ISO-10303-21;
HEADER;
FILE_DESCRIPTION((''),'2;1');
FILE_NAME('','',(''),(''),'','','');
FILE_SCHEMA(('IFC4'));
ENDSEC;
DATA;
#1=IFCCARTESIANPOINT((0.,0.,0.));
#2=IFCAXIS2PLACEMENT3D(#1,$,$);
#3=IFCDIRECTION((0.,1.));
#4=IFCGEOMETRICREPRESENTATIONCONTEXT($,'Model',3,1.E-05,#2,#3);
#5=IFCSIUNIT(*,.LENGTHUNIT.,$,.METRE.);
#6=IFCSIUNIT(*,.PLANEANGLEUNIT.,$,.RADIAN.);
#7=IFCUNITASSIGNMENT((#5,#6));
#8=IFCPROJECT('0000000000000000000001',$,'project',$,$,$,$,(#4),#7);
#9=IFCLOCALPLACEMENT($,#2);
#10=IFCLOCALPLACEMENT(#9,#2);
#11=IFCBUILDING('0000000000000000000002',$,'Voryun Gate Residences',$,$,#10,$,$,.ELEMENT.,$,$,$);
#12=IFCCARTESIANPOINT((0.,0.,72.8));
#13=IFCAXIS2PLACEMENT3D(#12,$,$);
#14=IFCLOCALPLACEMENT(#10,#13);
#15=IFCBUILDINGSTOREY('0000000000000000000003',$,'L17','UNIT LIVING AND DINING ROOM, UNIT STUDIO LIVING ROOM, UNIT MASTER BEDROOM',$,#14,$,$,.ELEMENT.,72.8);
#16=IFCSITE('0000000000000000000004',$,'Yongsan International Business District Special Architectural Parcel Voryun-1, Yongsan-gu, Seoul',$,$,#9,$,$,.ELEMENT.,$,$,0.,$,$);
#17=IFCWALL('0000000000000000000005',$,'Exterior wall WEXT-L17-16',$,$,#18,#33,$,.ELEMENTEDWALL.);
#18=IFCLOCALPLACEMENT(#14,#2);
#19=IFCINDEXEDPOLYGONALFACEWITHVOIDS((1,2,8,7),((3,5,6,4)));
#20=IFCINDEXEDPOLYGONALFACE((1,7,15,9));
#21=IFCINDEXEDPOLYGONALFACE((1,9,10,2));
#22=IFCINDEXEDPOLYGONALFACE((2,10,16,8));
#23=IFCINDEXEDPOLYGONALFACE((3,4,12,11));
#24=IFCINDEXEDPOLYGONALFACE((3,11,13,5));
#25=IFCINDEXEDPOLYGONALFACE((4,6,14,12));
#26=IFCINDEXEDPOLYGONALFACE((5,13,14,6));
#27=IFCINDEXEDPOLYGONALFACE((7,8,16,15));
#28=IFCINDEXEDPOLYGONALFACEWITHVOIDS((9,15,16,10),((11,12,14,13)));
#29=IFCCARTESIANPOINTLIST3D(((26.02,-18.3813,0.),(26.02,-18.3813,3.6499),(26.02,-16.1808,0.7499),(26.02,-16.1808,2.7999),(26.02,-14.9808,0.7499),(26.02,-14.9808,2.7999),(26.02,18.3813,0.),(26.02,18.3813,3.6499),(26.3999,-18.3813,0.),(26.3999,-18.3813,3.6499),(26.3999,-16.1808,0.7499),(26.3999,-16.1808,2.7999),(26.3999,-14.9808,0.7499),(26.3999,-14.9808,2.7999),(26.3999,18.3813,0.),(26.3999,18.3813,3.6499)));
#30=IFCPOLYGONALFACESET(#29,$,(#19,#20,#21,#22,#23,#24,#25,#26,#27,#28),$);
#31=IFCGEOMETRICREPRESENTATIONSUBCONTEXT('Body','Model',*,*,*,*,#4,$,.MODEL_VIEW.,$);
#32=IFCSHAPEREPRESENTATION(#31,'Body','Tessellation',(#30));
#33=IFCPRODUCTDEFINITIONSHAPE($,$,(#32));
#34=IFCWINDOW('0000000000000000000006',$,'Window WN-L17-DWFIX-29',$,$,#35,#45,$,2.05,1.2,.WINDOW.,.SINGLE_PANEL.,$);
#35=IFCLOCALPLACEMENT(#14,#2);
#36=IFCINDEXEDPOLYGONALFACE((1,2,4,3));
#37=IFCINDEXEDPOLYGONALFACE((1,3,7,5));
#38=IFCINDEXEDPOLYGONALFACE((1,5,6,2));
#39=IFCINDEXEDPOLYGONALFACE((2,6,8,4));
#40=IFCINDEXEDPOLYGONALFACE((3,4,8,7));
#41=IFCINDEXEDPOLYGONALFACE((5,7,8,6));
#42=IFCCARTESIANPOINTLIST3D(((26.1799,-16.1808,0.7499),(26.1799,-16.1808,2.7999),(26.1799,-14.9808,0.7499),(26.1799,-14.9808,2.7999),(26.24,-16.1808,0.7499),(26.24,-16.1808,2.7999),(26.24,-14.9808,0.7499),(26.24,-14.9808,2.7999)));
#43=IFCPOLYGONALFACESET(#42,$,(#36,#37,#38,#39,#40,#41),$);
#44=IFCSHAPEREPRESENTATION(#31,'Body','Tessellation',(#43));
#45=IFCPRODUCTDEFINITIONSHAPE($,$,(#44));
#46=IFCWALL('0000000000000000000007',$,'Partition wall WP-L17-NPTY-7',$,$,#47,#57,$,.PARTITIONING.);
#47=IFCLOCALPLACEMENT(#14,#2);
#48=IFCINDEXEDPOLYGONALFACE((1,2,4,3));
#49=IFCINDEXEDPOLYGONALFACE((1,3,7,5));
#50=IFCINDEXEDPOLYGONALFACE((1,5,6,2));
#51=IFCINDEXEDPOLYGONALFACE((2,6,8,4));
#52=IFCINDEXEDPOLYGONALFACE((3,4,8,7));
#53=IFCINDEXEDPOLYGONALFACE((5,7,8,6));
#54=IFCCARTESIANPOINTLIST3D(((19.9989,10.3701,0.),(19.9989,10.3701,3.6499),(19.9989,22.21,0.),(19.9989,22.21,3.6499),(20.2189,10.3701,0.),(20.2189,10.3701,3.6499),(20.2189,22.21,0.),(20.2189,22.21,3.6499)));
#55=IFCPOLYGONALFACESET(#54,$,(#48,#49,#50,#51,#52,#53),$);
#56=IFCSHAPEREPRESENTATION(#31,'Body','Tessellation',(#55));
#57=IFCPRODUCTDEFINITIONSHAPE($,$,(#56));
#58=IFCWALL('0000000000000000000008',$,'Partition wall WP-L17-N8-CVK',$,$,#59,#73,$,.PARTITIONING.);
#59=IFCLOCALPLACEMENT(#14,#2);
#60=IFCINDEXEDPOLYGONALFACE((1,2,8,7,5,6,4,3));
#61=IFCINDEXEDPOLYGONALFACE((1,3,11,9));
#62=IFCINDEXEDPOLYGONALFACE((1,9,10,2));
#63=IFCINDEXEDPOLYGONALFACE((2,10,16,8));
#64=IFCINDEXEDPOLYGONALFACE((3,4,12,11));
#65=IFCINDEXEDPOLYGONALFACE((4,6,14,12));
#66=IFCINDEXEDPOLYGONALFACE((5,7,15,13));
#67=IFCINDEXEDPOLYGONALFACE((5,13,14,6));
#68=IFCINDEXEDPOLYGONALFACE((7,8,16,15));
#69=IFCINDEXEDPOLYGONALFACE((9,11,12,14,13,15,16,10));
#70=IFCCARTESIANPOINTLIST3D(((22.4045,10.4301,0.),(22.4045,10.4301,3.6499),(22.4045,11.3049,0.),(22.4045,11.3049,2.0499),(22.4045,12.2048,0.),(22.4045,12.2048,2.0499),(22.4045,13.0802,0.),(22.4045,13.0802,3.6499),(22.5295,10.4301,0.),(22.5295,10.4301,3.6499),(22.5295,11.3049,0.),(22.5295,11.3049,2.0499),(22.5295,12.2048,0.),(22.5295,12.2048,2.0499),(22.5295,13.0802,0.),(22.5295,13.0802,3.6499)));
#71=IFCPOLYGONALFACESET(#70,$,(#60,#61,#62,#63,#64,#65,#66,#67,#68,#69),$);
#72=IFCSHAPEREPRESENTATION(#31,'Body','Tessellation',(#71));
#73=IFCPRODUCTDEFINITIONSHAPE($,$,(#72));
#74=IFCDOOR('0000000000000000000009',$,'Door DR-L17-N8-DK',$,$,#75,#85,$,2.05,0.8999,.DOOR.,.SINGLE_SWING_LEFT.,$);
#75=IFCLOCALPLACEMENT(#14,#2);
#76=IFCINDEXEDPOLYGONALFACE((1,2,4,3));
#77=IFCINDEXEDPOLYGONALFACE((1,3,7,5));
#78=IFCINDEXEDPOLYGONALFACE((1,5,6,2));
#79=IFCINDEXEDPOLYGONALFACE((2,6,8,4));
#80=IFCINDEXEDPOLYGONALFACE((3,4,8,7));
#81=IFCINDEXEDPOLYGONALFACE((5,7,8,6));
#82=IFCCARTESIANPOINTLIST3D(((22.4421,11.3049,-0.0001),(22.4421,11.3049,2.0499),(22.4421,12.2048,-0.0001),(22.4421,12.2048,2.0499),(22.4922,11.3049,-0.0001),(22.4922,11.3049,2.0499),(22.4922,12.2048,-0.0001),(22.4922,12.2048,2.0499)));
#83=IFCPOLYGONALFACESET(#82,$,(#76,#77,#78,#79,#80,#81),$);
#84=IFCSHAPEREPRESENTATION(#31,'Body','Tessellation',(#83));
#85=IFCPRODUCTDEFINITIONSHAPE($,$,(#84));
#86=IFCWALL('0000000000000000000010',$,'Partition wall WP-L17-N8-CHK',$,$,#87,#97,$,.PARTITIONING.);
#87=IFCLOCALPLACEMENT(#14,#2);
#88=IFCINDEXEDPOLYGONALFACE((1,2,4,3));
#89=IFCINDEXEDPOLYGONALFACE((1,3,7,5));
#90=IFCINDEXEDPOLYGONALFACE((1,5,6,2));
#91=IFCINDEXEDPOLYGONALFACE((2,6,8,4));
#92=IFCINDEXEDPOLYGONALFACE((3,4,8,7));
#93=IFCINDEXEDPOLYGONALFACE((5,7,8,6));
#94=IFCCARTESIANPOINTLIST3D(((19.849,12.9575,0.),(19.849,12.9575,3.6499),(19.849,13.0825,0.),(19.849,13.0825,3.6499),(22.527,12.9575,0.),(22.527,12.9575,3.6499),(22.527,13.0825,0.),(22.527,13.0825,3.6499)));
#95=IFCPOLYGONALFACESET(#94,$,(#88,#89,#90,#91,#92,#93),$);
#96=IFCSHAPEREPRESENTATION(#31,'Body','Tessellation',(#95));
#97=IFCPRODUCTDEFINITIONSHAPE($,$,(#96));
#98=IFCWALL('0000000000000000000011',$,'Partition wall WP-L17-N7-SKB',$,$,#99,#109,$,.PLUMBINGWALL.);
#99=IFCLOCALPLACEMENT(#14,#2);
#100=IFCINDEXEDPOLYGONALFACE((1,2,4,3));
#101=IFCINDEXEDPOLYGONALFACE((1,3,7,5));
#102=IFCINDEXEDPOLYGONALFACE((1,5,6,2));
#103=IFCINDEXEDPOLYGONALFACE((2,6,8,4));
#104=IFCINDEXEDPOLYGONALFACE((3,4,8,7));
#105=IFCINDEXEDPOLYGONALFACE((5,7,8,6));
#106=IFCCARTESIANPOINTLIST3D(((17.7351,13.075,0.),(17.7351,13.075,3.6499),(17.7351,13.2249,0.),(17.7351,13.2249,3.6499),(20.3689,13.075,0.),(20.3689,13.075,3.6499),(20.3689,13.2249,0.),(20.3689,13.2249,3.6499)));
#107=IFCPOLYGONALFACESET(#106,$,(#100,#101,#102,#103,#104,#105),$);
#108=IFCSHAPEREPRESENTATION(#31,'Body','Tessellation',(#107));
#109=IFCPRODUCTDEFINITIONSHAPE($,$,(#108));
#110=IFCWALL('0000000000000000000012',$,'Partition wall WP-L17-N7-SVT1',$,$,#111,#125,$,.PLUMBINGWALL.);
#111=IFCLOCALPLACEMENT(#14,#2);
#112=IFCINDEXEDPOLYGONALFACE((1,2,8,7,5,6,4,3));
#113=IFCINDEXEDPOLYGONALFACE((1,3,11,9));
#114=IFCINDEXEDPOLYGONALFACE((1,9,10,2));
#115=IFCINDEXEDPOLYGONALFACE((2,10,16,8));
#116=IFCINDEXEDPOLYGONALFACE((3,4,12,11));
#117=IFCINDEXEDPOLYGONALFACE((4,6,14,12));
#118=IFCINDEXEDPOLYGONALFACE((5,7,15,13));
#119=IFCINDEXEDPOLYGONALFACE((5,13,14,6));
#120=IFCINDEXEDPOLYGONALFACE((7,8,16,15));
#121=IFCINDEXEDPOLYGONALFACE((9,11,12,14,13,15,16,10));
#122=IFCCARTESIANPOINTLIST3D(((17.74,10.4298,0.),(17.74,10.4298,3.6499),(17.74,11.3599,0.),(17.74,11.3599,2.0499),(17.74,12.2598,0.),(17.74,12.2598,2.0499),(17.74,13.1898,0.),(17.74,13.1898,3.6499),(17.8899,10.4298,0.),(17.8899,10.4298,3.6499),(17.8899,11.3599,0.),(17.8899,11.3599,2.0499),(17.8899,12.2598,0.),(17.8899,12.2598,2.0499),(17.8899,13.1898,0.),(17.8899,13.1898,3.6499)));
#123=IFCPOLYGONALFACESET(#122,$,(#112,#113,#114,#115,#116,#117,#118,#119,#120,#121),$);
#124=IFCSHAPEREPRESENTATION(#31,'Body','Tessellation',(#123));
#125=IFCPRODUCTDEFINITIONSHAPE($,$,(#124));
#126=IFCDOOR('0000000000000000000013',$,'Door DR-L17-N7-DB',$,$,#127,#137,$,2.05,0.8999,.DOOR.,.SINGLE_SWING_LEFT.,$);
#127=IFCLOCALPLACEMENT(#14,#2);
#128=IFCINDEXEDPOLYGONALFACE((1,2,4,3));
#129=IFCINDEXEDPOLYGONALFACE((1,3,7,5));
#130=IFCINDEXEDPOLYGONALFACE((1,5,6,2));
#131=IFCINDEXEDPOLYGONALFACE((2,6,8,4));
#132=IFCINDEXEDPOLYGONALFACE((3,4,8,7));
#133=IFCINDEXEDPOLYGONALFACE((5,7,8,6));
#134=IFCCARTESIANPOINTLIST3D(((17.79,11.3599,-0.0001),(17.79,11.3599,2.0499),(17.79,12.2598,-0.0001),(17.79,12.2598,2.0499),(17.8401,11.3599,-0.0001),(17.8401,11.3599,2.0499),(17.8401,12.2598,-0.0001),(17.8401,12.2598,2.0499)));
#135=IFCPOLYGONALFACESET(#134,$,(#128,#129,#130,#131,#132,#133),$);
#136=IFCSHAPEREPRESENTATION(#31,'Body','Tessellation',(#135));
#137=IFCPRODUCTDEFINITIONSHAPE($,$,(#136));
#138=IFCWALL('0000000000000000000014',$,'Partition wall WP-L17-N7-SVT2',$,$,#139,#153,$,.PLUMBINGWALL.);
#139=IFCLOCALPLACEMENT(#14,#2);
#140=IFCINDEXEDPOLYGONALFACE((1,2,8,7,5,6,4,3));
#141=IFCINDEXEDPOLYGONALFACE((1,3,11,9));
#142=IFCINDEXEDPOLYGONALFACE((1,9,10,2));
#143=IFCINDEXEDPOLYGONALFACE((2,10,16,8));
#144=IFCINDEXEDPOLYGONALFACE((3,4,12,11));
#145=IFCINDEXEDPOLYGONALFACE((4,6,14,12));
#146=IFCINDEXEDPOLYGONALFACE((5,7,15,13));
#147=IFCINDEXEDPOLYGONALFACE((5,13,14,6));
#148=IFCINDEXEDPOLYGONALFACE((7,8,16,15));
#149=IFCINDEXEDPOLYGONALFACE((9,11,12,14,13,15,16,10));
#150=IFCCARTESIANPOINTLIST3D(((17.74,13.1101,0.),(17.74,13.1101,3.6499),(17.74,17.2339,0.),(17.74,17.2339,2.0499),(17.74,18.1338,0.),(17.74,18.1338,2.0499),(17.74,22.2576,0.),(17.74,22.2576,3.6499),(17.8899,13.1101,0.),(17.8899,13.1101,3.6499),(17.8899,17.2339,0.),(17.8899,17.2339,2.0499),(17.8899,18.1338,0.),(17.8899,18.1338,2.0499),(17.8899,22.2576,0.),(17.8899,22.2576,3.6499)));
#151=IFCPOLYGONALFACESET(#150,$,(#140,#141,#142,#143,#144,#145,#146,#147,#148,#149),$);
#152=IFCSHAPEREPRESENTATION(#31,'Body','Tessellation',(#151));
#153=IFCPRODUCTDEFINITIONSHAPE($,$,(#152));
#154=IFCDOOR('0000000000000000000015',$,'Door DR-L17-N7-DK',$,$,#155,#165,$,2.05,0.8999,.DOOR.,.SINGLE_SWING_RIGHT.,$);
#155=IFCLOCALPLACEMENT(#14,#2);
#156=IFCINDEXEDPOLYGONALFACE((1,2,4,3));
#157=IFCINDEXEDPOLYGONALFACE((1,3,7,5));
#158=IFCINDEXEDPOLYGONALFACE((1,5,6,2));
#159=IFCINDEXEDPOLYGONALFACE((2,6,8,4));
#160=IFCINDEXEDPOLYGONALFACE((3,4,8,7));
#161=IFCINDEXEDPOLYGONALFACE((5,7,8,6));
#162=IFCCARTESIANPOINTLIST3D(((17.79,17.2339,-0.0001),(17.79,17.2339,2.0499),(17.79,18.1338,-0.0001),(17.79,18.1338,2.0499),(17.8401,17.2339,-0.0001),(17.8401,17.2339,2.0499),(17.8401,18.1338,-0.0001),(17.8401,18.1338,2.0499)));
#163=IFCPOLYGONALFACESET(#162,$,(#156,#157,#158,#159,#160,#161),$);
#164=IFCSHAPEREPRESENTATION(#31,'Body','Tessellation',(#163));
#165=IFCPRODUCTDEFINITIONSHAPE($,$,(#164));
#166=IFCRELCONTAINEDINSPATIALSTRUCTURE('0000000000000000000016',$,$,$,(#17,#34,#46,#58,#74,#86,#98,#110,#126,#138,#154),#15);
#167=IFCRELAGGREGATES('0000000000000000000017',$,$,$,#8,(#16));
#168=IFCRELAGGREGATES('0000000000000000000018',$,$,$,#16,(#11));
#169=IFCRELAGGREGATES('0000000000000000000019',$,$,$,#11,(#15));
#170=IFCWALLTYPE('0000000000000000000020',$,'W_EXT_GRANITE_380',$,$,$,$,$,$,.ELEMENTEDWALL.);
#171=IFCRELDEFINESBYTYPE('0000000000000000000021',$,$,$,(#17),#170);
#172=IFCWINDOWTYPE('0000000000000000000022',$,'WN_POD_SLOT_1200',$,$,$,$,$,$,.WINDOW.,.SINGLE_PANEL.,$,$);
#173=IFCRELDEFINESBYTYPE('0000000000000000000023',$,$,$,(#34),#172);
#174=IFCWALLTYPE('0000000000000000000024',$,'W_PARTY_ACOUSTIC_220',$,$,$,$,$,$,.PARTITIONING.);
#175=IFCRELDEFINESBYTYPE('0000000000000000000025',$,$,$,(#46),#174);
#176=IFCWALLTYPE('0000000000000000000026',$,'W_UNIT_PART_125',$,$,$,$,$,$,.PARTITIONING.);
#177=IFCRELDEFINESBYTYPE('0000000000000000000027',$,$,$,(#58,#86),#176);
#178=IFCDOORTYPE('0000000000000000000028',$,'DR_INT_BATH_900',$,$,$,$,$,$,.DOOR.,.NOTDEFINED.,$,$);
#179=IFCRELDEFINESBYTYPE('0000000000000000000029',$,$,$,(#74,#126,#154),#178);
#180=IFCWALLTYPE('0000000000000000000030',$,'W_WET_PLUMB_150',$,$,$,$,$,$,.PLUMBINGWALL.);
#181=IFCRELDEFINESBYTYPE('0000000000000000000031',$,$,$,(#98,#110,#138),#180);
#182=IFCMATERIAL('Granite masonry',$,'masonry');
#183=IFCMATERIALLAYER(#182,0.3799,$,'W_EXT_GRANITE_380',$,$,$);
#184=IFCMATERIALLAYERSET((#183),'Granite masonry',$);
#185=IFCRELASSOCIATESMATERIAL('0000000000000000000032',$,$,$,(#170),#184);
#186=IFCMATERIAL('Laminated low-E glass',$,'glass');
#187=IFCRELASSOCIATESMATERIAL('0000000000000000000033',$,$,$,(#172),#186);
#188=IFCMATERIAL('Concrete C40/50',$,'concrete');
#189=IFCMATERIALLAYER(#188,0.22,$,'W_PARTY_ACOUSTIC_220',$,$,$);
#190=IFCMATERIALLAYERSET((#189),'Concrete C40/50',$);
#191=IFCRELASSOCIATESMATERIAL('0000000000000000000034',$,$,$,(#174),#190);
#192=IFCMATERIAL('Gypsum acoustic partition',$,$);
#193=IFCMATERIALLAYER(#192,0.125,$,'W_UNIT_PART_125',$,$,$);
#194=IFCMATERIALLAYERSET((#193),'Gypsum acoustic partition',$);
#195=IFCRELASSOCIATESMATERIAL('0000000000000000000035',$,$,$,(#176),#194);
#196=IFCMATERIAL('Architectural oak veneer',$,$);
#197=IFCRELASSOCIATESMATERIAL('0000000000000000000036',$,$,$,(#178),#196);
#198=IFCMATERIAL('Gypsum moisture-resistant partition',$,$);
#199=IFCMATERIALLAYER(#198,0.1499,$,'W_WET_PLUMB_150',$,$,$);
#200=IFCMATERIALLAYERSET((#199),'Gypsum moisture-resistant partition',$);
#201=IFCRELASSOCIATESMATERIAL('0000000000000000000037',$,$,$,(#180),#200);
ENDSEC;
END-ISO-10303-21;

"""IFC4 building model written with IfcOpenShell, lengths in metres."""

from ifc_helpers import new_model, si_unit, direction, frame, frame_2d, origin, place, context, subcontext, project, spatial, rectangle, extrude, material, layer, layer_set, type_object, element, fill, save


model = new_model("IFC4")

# Units and contexts
model_context = context("Model", 3, precision=1e-05, world=origin(), true_north=direction((0.0, 1.0)))
body_context = subcontext(model_context, "Body", "Model", "MODEL_VIEW")
ifc_project = project(units=[si_unit("LENGTHUNIT", "METRE"), si_unit("PLANEANGLEUNIT", "RADIAN")], contexts=[model_context])

# Site, building, storey
site_placement = place(None, origin())
site = spatial("IfcSite", under=ifc_project, at=site_placement, Name="Yongsan International Business District Special Architectural Parcel Voryun-1, Yongsan-gu, Seoul", CompositionType="ELEMENT", RefElevation=0.0)
building_placement = place(site_placement, origin())
building = spatial("IfcBuilding", under=site, at=building_placement, Name="Voryun Gate Residences", CompositionType="ELEMENT")
storey_placement = place(building_placement, frame((0.0, 0.0, 72.8)))
storey = spatial("IfcBuildingStorey", under=building, at=storey_placement, Name="L17", Description="UNIT LIVING AND DINING ROOM, UNIT STUDIO LIVING ROOM, UNIT MASTER BEDROOM", CompositionType="ELEMENT", Elevation=72.8)

# Shared definitions
ifc_material_1 = material(Name="Granite masonry", Category="masonry")
ifc_layer_1 = layer(ifc_material_1, 0.3799, Name="W_EXT_GRANITE_380")
ifc_layer_set_1 = layer_set([ifc_layer_1], Name="Granite masonry")
wall_type_1 = type_object("IfcWallType", Name="W_EXT_GRANITE_380", PredefinedType="ELEMENTEDWALL", material=ifc_layer_set_1)

# Wall, opening, window
wall_1_placement = place(storey_placement, frame((26.21, 18.3813, 0.0), z_axis=(0.0, 0.0, 1.0), x_axis=(0.0, -1.0, 0.0)))
wall_1 = element("IfcWall", 1, at=wall_1_placement, inside=storey, type_object=wall_type_1, Name="Exterior wall WEXT-L17-16", PredefinedType="ELEMENTEDWALL", context=body_context, shape_type="SweptSolid", body=[
    extrude(rectangle(XDim=36.7627, YDim=0.3799, at=frame_2d((18.3813, 0.0))), origin(), (0.0, 0.0, 1.0), 3.6499),
])
opening_1_placement = place(wall_1_placement, frame((33.3621, 0.0, 0.75)))
opening_1 = element("IfcOpeningElement", 2, at=opening_1_placement, cuts=wall_1, PredefinedType="OPENING", context=body_context, shape_type="SweptSolid", body=[
    extrude(rectangle(XDim=1.2, YDim=2.05, at=frame_2d((0.6001, 1.0249))), frame((0.0, 0.2, 0.0), z_axis=(0.0, -1.0, 0.0), x_axis=(1.0, 0.0, 0.0)), (0.0, 0.0, 1.0), 0.3999),
])
ifc_material_2 = material(Name="Laminated low-E glass", Category="glass")
window_type = type_object("IfcWindowType", Name="WN_POD_SLOT_1200", PartitioningType="SINGLE_PANEL", PredefinedType="WINDOW", material=ifc_material_2)
window_placement = place(opening_1_placement, origin())
window = element("IfcWindow", 3, at=window_placement, inside=storey, type_object=window_type, Name="Window WN-L17-DWFIX-29", OverallHeight=2.05, OverallWidth=1.2, PartitioningType="SINGLE_PANEL", PredefinedType="WINDOW", context=body_context, shape_type="SweptSolid", body=[
    extrude(rectangle(XDim=1.2, YDim=2.05, at=frame_2d((0.6001, 1.0249))), frame((0.0, 0.03, 0.0), z_axis=(0.0, -1.0, 0.0), x_axis=(1.0, 0.0, 0.0)), (0.0, 0.0, 1.0), 0.0601),
])
fill(opening_1, window)

# Wall
ifc_material_3 = material(Name="Concrete C40/50", Category="concrete")
ifc_layer_2 = layer(ifc_material_3, 0.22, Name="W_PARTY_ACOUSTIC_220")
ifc_layer_set_2 = layer_set([ifc_layer_2], Name="Concrete C40/50")
wall_type_2 = type_object("IfcWallType", Name="W_PARTY_ACOUSTIC_220", PredefinedType="PARTITIONING", material=ifc_layer_set_2)
wall_2_placement = place(storey_placement, frame((20.1089, 10.3701, 0.0), z_axis=(0.0, 0.0, 1.0), x_axis=(0.0, 1.0, 0.0)))
element("IfcWall", 4, at=wall_2_placement, inside=storey, type_object=wall_type_2, Name="Partition wall WP-L17-NPTY-7", PredefinedType="PARTITIONING", context=body_context, shape_type="SweptSolid", body=[
    extrude(rectangle(XDim=11.8398, YDim=0.22, at=frame_2d((5.9199, 0.0))), origin(), (0.0, 0.0, 1.0), 3.6499),
])

# Wall, opening, door
ifc_material_4 = material(Name="Gypsum acoustic partition")
ifc_layer_3 = layer(ifc_material_4, 0.125, Name="W_UNIT_PART_125")
ifc_layer_set_3 = layer_set([ifc_layer_3], Name="Gypsum acoustic partition")
wall_type_3 = type_object("IfcWallType", Name="W_UNIT_PART_125", PredefinedType="PARTITIONING", material=ifc_layer_set_3)
wall_3_placement = place(storey_placement, frame((22.467, 10.4299, 0.0), z_axis=(0.0, 0.0, 1.0), x_axis=(0.0, 1.0, 0.0)))
wall_3 = element("IfcWall", 5, at=wall_3_placement, inside=storey, type_object=wall_type_3, Name="Partition wall WP-L17-N8-CVK", PredefinedType="PARTITIONING", context=body_context, shape_type="SweptSolid", body=[
    extrude(rectangle(XDim=2.6501, YDim=0.125, at=frame_2d((1.3252, 0.0))), origin(), (0.0, 0.0, 1.0), 3.6499),
])
opening_2_placement = place(wall_3_placement, frame((0.875, 0.0, 0.0)))
opening_2 = element("IfcOpeningElement", 6, at=opening_2_placement, cuts=wall_3, PredefinedType="OPENING", context=body_context, shape_type="SweptSolid", body=[
    extrude(rectangle(XDim=0.8999, YDim=2.05, at=frame_2d((0.45, 1.0249))), frame((0.0, 0.0725, 0.0), z_axis=(0.0, -1.0, 0.0), x_axis=(1.0, 0.0, 0.0)), (0.0, 0.0, 1.0), 0.145),
])
ifc_material_5 = material(Name="Architectural oak veneer")
door_type = type_object("IfcDoorType", Name="DR_INT_BATH_900", OperationType="NOTDEFINED", PredefinedType="DOOR", material=ifc_material_5)
door_1_placement = place(opening_2_placement, origin())
door_1 = element("IfcDoor", 7, at=door_1_placement, inside=storey, type_object=door_type, Name="Door DR-L17-N8-DK", OperationType="SINGLE_SWING_LEFT", OverallHeight=2.05, OverallWidth=0.8999, PredefinedType="DOOR", context=body_context, shape_type="SweptSolid", body=[
    extrude(rectangle(XDim=0.8999, YDim=2.05, at=frame_2d((0.45, 1.0249))), frame((0.0, 0.0249, 0.0), z_axis=(0.0, -1.0, 0.0), x_axis=(1.0, 0.0, 0.0)), (0.0, 0.0, 1.0), 0.05),
])
fill(opening_2, door_1)

# Walls
wall_4_placement = place(storey_placement, frame((19.8491, 13.02, 0.0), z_axis=(0.0, 0.0, 1.0), x_axis=(1.0, 0.0, 0.0)))
element("IfcWall", 8, at=wall_4_placement, inside=storey, type_object=wall_type_3, Name="Partition wall WP-L17-N8-CHK", PredefinedType="PARTITIONING", context=body_context, shape_type="SweptSolid", body=[
    extrude(rectangle(XDim=2.678, YDim=0.125, at=frame_2d((1.3389, 0.0))), origin(), (0.0, 0.0, 1.0), 3.6499),
])
ifc_material_6 = material(Name="Gypsum moisture-resistant partition")
ifc_layer_4 = layer(ifc_material_6, 0.1499, Name="W_WET_PLUMB_150")
ifc_layer_set_4 = layer_set([ifc_layer_4], Name="Gypsum moisture-resistant partition")
wall_type_4 = type_object("IfcWallType", Name="W_WET_PLUMB_150", PredefinedType="PLUMBINGWALL", material=ifc_layer_set_4)
wall_5_placement = place(storey_placement, frame((17.7351, 13.1499, 0.0), z_axis=(0.0, 0.0, 1.0), x_axis=(1.0, 0.0, 0.0)))
element("IfcWall", 9, at=wall_5_placement, inside=storey, type_object=wall_type_4, Name="Partition wall WP-L17-N7-SKB", PredefinedType="PLUMBINGWALL", context=body_context, shape_type="SweptSolid", body=[
    extrude(rectangle(XDim=2.6338, YDim=0.1499, at=frame_2d((1.3169, 0.0))), origin(), (0.0, 0.0, 1.0), 3.6499),
])

# Walls, openings, doors
wall_6_placement = place(storey_placement, frame((17.8149, 10.4299, 0.0), z_axis=(0.0, 0.0, 1.0), x_axis=(0.0, 1.0, 0.0)))
wall_6 = element("IfcWall", 10, at=wall_6_placement, inside=storey, type_object=wall_type_4, Name="Partition wall WP-L17-N7-SVT1", PredefinedType="PLUMBINGWALL", context=body_context, shape_type="SweptSolid", body=[
    extrude(rectangle(XDim=2.76, YDim=0.1499, at=frame_2d((1.3799, 0.0))), origin(), (0.0, 0.0, 1.0), 3.6499),
])
opening_3_placement = place(wall_6_placement, frame((0.9299, 0.0, 0.0)))
opening_3 = element("IfcOpeningElement", 11, at=opening_3_placement, cuts=wall_6, PredefinedType="OPENING", context=body_context, shape_type="SweptSolid", body=[
    extrude(rectangle(XDim=0.8999, YDim=2.05, at=frame_2d((0.45, 1.0249))), frame((0.0, 0.085, 0.0), z_axis=(0.0, -1.0, 0.0), x_axis=(1.0, 0.0, 0.0)), (0.0, 0.0, 1.0), 0.1699),
])
door_2_placement = place(opening_3_placement, origin())
door_2 = element("IfcDoor", 12, at=door_2_placement, inside=storey, type_object=door_type, Name="Door DR-L17-N7-DB", OperationType="SINGLE_SWING_LEFT", OverallHeight=2.05, OverallWidth=0.8999, PredefinedType="DOOR", context=body_context, shape_type="SweptSolid", body=[
    extrude(rectangle(XDim=0.8999, YDim=2.05, at=frame_2d((0.45, 1.0249))), frame((0.0, 0.0249, 0.0), z_axis=(0.0, -1.0, 0.0), x_axis=(1.0, 0.0, 0.0)), (0.0, 0.0, 1.0), 0.05),
])
fill(opening_3, door_2)
wall_7_placement = place(storey_placement, frame((17.8149, 13.1101, 0.0), z_axis=(0.0, 0.0, 1.0), x_axis=(0.0, 1.0, 0.0)))
wall_7 = element("IfcWall", 13, at=wall_7_placement, inside=storey, type_object=wall_type_4, Name="Partition wall WP-L17-N7-SVT2", PredefinedType="PLUMBINGWALL", context=body_context, shape_type="SweptSolid", body=[
    extrude(rectangle(XDim=9.1475, YDim=0.1499, at=frame_2d((4.5737, 0.0))), origin(), (0.0, 0.0, 1.0), 3.6499),
])
opening_4_placement = place(wall_7_placement, frame((4.1238, 0.0, 0.0)))
opening_4 = element("IfcOpeningElement", 14, at=opening_4_placement, cuts=wall_7, PredefinedType="OPENING", context=body_context, shape_type="SweptSolid", body=[
    extrude(rectangle(XDim=0.8999, YDim=2.05, at=frame_2d((0.45, 1.0249))), frame((0.0, 0.085, 0.0), z_axis=(0.0, -1.0, 0.0), x_axis=(1.0, 0.0, 0.0)), (0.0, 0.0, 1.0), 0.1699),
])
door_3_placement = place(opening_4_placement, origin())
door_3 = element("IfcDoor", 15, at=door_3_placement, inside=storey, type_object=door_type, Name="Door DR-L17-N7-DK", OperationType="SINGLE_SWING_RIGHT", OverallHeight=2.05, OverallWidth=0.8999, PredefinedType="DOOR", context=body_context, shape_type="SweptSolid", body=[
    extrude(rectangle(XDim=0.8999, YDim=2.05, at=frame_2d((0.45, 1.0249))), frame((0.0, 0.0249, 0.0), z_axis=(0.0, -1.0, 0.0), x_axis=(1.0, 0.0, 0.0)), (0.0, 0.0, 1.0), 0.05),
])
fill(opening_4, door_3)

save(model, "model.ifc")
